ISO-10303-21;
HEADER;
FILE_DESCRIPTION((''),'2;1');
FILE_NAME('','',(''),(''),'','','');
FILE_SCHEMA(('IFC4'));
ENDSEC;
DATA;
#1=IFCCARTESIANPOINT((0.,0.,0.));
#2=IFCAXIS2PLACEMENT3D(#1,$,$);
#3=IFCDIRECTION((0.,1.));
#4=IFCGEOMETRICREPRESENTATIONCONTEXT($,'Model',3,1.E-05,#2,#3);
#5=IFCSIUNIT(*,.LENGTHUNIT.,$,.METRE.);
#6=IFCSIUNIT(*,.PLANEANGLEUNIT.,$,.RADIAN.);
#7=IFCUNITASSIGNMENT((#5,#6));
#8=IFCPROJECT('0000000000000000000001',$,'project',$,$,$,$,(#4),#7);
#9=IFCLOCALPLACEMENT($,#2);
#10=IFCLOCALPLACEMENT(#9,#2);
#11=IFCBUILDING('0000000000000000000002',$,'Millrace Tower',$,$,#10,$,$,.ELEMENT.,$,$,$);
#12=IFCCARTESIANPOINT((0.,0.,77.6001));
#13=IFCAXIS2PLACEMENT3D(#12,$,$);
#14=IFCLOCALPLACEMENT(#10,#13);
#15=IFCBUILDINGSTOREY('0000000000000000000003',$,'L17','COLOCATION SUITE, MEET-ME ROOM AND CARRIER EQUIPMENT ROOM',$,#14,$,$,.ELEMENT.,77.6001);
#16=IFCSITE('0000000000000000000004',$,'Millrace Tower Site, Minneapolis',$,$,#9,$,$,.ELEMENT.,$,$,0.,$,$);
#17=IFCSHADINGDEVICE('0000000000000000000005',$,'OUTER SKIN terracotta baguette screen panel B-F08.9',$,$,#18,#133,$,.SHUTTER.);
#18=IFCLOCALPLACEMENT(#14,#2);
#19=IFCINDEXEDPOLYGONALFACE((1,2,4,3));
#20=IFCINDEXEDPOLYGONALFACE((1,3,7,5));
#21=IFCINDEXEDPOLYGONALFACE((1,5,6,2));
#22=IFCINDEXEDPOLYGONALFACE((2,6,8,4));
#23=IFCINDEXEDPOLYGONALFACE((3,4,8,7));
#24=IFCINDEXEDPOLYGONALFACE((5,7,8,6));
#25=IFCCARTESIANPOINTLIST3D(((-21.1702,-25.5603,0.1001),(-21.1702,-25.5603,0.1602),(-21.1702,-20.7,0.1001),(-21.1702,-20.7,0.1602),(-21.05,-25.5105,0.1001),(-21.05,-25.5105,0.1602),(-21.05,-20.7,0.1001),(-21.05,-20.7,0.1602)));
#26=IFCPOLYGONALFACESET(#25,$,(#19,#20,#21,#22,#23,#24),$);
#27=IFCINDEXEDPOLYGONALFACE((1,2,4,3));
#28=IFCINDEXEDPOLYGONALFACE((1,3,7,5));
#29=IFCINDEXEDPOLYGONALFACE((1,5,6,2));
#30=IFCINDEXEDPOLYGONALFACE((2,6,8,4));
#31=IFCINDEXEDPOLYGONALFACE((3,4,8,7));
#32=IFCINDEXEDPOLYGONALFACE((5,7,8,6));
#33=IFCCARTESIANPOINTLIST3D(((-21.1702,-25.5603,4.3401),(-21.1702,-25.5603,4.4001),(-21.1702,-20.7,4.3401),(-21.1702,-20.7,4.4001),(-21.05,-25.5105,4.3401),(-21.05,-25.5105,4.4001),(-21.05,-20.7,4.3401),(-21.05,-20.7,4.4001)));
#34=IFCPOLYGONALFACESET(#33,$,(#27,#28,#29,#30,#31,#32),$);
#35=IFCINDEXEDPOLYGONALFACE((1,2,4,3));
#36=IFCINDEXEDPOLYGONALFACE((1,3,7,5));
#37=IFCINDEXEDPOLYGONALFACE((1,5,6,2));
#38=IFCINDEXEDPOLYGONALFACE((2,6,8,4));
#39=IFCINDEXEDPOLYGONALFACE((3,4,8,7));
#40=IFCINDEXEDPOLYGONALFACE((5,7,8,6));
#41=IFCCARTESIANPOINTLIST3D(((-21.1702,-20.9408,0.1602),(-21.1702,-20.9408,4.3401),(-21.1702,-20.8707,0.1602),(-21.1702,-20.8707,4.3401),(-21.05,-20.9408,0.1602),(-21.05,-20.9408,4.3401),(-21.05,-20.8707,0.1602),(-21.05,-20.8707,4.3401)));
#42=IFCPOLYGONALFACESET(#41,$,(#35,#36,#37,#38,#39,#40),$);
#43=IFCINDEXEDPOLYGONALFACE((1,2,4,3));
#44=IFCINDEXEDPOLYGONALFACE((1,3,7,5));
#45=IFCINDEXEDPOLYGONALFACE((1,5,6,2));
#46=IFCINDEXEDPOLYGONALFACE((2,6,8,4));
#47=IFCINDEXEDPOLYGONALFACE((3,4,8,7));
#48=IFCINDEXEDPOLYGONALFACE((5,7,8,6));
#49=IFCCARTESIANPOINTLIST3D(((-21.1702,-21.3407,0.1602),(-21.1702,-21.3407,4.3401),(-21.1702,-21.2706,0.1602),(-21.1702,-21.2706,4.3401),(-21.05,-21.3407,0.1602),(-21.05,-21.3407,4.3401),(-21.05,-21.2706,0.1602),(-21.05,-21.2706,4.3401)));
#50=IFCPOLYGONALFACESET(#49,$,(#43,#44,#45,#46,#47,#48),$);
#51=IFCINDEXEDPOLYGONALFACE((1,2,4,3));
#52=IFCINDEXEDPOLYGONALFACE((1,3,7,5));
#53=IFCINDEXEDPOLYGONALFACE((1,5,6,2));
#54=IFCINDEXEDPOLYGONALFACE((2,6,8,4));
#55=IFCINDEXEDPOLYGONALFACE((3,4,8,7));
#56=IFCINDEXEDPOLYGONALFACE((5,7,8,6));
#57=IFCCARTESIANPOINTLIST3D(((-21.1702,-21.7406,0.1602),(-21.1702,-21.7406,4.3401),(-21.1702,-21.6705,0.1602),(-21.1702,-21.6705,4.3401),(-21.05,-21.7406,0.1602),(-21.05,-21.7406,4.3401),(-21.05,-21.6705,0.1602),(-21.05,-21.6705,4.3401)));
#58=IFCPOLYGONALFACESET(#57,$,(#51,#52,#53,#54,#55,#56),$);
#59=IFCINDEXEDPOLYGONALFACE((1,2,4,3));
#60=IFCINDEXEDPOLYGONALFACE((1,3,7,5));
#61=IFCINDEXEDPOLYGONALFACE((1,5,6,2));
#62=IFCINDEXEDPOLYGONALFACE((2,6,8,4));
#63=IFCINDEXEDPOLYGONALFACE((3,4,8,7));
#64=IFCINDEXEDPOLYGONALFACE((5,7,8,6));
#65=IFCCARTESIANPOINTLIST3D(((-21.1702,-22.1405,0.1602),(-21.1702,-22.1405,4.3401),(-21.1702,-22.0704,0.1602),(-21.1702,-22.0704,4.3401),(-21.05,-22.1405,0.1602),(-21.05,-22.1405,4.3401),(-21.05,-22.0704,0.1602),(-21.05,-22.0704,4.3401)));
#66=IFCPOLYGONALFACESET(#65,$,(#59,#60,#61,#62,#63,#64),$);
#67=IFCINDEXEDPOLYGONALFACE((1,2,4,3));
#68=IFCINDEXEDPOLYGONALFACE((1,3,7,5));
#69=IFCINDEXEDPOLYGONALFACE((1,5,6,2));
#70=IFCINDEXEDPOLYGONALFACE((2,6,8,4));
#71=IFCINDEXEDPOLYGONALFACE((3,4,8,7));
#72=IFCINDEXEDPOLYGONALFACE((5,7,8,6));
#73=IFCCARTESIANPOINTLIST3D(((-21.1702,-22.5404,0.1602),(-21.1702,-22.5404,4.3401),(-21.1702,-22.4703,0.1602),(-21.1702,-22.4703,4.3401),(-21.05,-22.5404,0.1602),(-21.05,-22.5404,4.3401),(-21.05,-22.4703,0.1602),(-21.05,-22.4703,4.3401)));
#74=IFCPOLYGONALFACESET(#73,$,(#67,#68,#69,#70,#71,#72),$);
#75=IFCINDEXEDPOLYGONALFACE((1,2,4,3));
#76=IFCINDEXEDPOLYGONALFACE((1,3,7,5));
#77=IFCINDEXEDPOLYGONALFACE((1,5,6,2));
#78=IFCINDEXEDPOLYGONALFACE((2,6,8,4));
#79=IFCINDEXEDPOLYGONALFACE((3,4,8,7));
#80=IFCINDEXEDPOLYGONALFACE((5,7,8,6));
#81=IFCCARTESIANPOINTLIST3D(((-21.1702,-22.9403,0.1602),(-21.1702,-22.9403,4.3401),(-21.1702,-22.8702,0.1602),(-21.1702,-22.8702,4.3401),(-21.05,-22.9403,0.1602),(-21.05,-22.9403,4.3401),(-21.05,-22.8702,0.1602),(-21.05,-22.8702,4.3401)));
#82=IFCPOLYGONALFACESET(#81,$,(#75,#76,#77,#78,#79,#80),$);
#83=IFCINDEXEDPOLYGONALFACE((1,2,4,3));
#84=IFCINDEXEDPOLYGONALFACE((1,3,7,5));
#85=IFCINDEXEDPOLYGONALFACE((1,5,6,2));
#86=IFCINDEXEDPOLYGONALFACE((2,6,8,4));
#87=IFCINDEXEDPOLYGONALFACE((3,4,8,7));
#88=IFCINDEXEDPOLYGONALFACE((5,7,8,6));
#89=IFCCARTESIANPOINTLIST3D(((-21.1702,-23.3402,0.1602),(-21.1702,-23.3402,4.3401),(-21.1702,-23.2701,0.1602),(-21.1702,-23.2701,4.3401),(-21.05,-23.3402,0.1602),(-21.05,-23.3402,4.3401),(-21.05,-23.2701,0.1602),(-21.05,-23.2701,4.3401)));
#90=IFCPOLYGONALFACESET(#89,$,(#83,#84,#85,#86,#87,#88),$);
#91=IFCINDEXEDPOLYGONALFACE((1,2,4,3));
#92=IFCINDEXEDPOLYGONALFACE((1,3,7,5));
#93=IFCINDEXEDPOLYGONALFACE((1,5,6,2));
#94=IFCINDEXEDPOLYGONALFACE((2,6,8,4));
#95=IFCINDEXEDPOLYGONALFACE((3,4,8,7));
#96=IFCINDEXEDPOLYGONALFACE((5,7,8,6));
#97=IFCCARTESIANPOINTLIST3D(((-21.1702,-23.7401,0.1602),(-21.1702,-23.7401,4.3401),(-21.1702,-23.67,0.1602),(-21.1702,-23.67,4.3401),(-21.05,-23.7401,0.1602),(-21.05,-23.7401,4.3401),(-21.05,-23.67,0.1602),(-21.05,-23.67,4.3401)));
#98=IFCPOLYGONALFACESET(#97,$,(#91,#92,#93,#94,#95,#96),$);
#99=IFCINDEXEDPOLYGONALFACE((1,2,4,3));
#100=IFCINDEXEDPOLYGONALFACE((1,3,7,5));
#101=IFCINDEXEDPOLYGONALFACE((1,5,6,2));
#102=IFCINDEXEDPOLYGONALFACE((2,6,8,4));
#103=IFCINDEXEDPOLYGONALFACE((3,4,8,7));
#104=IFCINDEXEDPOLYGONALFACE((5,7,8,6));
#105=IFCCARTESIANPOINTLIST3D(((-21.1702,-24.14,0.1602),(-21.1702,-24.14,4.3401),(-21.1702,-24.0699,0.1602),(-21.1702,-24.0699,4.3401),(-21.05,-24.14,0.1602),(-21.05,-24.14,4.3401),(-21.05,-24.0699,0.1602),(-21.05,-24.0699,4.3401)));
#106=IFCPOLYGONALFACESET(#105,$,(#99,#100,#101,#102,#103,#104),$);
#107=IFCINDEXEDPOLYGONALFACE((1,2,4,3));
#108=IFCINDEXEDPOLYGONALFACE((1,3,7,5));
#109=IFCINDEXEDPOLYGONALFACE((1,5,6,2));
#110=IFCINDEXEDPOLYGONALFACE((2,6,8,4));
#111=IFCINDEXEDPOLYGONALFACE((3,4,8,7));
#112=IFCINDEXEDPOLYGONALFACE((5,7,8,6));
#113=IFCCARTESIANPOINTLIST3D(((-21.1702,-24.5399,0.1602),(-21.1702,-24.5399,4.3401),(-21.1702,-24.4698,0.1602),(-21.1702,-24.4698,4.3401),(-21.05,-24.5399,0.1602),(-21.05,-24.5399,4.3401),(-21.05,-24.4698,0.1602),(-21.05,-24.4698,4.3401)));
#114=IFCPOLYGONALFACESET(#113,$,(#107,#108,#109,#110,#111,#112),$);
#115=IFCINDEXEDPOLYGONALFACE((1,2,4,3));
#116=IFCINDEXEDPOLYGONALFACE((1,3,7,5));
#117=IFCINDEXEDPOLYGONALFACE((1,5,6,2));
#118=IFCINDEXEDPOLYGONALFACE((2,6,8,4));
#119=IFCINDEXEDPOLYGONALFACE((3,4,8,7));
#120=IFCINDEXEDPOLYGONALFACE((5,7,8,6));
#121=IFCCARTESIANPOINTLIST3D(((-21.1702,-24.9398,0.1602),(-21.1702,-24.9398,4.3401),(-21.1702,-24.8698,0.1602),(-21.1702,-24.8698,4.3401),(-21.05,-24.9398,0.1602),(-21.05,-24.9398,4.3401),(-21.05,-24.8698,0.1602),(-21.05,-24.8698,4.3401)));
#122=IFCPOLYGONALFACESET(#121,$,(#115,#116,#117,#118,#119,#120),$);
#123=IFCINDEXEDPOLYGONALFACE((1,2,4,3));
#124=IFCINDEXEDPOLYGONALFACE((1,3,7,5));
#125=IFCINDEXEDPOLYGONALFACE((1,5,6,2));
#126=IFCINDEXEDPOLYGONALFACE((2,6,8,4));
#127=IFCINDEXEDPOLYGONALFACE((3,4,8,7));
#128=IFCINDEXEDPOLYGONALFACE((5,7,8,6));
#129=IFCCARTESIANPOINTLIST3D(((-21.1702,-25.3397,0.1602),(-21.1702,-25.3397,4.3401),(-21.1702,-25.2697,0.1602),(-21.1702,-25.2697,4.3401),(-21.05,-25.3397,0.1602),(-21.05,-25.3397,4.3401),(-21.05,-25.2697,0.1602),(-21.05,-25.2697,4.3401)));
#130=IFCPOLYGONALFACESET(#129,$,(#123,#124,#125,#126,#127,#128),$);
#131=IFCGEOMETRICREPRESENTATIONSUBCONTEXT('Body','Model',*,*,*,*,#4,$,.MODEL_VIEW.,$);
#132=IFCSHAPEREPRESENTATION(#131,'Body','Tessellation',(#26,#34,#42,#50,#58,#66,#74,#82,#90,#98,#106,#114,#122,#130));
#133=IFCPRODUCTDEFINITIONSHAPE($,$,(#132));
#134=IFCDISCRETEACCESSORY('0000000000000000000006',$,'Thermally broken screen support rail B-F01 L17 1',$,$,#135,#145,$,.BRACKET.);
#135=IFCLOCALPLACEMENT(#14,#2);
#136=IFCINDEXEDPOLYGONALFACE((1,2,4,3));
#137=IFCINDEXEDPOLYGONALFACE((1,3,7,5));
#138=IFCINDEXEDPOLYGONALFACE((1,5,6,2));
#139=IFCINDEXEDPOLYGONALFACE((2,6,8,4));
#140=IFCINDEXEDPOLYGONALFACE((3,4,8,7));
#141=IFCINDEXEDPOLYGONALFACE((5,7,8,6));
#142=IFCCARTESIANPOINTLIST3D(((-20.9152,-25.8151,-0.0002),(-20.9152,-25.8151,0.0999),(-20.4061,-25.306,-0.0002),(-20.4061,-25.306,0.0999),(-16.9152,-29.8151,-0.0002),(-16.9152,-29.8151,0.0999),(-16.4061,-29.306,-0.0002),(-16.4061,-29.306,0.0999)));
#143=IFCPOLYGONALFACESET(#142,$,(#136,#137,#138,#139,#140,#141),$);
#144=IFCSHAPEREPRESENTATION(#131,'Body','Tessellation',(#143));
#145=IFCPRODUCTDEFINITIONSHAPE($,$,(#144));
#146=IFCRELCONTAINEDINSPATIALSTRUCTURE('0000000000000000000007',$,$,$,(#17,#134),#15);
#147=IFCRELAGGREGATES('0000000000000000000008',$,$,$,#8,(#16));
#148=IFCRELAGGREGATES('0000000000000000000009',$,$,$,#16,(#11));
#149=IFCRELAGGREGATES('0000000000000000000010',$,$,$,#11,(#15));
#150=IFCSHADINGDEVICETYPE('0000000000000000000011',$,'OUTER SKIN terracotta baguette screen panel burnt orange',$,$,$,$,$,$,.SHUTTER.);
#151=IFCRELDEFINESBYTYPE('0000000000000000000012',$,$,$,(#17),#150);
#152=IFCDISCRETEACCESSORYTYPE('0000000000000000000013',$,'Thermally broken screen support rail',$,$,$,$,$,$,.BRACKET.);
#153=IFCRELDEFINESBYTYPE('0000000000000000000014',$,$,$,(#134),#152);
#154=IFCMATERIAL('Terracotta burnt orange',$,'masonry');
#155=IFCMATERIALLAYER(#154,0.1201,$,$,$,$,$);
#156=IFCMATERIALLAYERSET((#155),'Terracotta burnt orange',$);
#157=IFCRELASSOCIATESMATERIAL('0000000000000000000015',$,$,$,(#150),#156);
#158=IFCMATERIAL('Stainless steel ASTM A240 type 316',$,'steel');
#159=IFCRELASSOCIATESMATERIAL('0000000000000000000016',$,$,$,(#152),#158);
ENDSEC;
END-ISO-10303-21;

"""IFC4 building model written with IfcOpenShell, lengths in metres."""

from ifc_helpers import new_model, entity, si_unit, direction, frame, frame_2d, origin, origin_2d, place, context, subcontext, project, spatial, rectangle, extrude, source, transform, mapped, material, layer, layer_set, type_object, element, save


model = new_model("IFC4")

# Units and contexts
model_context = context("Model", 3, precision=1e-05, world=origin(), true_north=direction((0.0, 1.0)))
body_context = subcontext(model_context, "Body", "Model", "MODEL_VIEW")
ifc_project = project(units=[si_unit("LENGTHUNIT", "METRE"), si_unit("PLANEANGLEUNIT", "RADIAN")], contexts=[model_context])

# Site, building, storey
site_placement = place(None, origin())
site = spatial("IfcSite", under=ifc_project, at=site_placement, Name="Millrace Tower Site, Minneapolis", CompositionType="ELEMENT", RefElevation=0.0)
building_placement = place(site_placement, origin())
building = spatial("IfcBuilding", under=site, at=building_placement, Name="Millrace Tower", CompositionType="ELEMENT")
storey_placement = place(building_placement, frame((0.0, 0.0, 77.6001)))
storey = spatial("IfcBuildingStorey", under=building, at=storey_placement, Name="L17", Description="COLOCATION SUITE, MEET-ME ROOM AND CARRIER EQUIPMENT ROOM", CompositionType="ELEMENT", Elevation=77.6001)

# Shading device
ifc_material_1 = material(Name="Terracotta burnt orange", Category="masonry")
ifc_layer_1 = layer(ifc_material_1, 0.1201)
ifc_layer_set_1 = layer_set([ifc_layer_1], Name="Terracotta burnt orange")
shading_device_type = type_object("IfcShadingDeviceType", Name="OUTER SKIN terracotta baguette screen panel burnt orange", PredefinedType="SHUTTER", material=ifc_layer_set_1)
cartesian_point_1 = entity("IfcCartesianPoint", [-2.4177, 0.0601])
shared_polyline_1 = entity("IfcPolyline", [cartesian_point_1, entity("IfcCartesianPoint", [2.3928, 0.0601]), entity("IfcCartesianPoint", [2.4426, -0.0601]), entity("IfcCartesianPoint", [-2.4177, -0.0601]), cartesian_point_1])
shared_shape_1 = source(origin(), body_context, "Body", "SweptSolid", [
    entity("IfcExtrudedAreaSolid", entity("IfcArbitraryClosedProfileDef", "AREA", None, shared_polyline_1), entity("IfcAxis2Placement3D", entity("IfcCartesianPoint", [0.0, 0.0, 0.0])), entity("IfcDirection", [0.0, 0.0, 1.0]), 0.0601),
    entity("IfcExtrudedAreaSolid", entity("IfcArbitraryClosedProfileDef", "AREA", None, shared_polyline_1), entity("IfcAxis2Placement3D", entity("IfcCartesianPoint", [0.0, 0.0, 4.24])), entity("IfcDirection", [0.0, 0.0, 1.0]), 0.0601),
    extrude(rectangle(XDim=0.0701, YDim=0.1201, at=frame_2d((-2.2119, 0.0))), frame((0.0, 0.0, 0.0601)), (0.0, 0.0, 1.0), 4.1799),
    extrude(rectangle(XDim=0.0701, YDim=0.1201, at=frame_2d((-1.812, 0.0))), frame((0.0, 0.0, 0.0601)), (0.0, 0.0, 1.0), 4.1799),
    extrude(rectangle(XDim=0.0701, YDim=0.1201, at=frame_2d((-1.4121, 0.0))), frame((0.0, 0.0, 0.0601)), (0.0, 0.0, 1.0), 4.1799),
    extrude(rectangle(XDim=0.0701, YDim=0.1201, at=frame_2d((-1.0122, 0.0))), frame((0.0, 0.0, 0.0601)), (0.0, 0.0, 1.0), 4.1799),
    extrude(rectangle(XDim=0.0701, YDim=0.1201, at=frame_2d((-0.6123, 0.0))), frame((0.0, 0.0, 0.0601)), (0.0, 0.0, 1.0), 4.1799),
    extrude(rectangle(XDim=0.0701, YDim=0.1201, at=frame_2d((-0.2124, 0.0))), frame((0.0, 0.0, 0.0601)), (0.0, 0.0, 1.0), 4.1799),
    extrude(rectangle(XDim=0.0701, YDim=0.1201, at=frame_2d((0.1875, 0.0))), frame((0.0, 0.0, 0.0601)), (0.0, 0.0, 1.0), 4.1799),
    extrude(rectangle(XDim=0.0701, YDim=0.1201, at=frame_2d((0.5874, 0.0))), frame((0.0, 0.0, 0.0601)), (0.0, 0.0, 1.0), 4.1799),
    extrude(rectangle(XDim=0.0701, YDim=0.1201, at=frame_2d((0.9873, 0.0))), frame((0.0, 0.0, 0.0601)), (0.0, 0.0, 1.0), 4.1799),
    extrude(rectangle(XDim=0.0701, YDim=0.1201, at=frame_2d((1.3872, 0.0))), frame((0.0, 0.0, 0.0601)), (0.0, 0.0, 1.0), 4.1799),
    extrude(rectangle(XDim=0.0701, YDim=0.1201, at=frame_2d((1.7871, 0.0))), frame((0.0, 0.0, 0.0601)), (0.0, 0.0, 1.0), 4.1799),
    extrude(rectangle(XDim=0.0701, YDim=0.1201, at=frame_2d((2.187, 0.0))), frame((0.0, 0.0, 0.0601)), (0.0, 0.0, 1.0), 4.1799),
])
shading_device_1_placement = place(storey_placement, frame((-21.1101, -23.1177, 0.1001), z_axis=(0.0, 0.0, 1.0), x_axis=(0.0, -1.0, 0.0)))
element("IfcShadingDevice", 1, at=shading_device_1_placement, inside=storey, type_object=shading_device_type, Name="OUTER SKIN terracotta baguette screen panel B-F08.9", PredefinedType="SHUTTER", context=body_context, shape_type="MappedRepresentation", body=[
    mapped(shared_shape_1, transform((0.0, 0.0, 0.0), scale=1.0)),
])

# Discrete accessory
ifc_material_2 = material(Name="Stainless steel ASTM A240 type 316", Category="steel")
discrete_accessory_type = type_object("IfcDiscreteAccessoryType", Name="Thermally broken screen support rail", PredefinedType="BRACKET", material=ifc_material_2)
discrete_accessory_placement = place(storey_placement, frame((-18.6606, -27.5605, -0.0002), z_axis=(0.0, 0.0, 1.0), x_axis=(0.707107, -0.707107, 0.0)))
element("IfcDiscreteAccessory", 2, at=discrete_accessory_placement, inside=storey, type_object=discrete_accessory_type, Name="Thermally broken screen support rail B-F01 L17 1", PredefinedType="BRACKET", context=body_context, shape_type="SweptSolid", body=[
    extrude(rectangle(XDim=5.6567, YDim=0.72, at=origin_2d()), origin(), (0.0, 0.0, 1.0), 0.1001),
])

save(model, "model.ifc")
